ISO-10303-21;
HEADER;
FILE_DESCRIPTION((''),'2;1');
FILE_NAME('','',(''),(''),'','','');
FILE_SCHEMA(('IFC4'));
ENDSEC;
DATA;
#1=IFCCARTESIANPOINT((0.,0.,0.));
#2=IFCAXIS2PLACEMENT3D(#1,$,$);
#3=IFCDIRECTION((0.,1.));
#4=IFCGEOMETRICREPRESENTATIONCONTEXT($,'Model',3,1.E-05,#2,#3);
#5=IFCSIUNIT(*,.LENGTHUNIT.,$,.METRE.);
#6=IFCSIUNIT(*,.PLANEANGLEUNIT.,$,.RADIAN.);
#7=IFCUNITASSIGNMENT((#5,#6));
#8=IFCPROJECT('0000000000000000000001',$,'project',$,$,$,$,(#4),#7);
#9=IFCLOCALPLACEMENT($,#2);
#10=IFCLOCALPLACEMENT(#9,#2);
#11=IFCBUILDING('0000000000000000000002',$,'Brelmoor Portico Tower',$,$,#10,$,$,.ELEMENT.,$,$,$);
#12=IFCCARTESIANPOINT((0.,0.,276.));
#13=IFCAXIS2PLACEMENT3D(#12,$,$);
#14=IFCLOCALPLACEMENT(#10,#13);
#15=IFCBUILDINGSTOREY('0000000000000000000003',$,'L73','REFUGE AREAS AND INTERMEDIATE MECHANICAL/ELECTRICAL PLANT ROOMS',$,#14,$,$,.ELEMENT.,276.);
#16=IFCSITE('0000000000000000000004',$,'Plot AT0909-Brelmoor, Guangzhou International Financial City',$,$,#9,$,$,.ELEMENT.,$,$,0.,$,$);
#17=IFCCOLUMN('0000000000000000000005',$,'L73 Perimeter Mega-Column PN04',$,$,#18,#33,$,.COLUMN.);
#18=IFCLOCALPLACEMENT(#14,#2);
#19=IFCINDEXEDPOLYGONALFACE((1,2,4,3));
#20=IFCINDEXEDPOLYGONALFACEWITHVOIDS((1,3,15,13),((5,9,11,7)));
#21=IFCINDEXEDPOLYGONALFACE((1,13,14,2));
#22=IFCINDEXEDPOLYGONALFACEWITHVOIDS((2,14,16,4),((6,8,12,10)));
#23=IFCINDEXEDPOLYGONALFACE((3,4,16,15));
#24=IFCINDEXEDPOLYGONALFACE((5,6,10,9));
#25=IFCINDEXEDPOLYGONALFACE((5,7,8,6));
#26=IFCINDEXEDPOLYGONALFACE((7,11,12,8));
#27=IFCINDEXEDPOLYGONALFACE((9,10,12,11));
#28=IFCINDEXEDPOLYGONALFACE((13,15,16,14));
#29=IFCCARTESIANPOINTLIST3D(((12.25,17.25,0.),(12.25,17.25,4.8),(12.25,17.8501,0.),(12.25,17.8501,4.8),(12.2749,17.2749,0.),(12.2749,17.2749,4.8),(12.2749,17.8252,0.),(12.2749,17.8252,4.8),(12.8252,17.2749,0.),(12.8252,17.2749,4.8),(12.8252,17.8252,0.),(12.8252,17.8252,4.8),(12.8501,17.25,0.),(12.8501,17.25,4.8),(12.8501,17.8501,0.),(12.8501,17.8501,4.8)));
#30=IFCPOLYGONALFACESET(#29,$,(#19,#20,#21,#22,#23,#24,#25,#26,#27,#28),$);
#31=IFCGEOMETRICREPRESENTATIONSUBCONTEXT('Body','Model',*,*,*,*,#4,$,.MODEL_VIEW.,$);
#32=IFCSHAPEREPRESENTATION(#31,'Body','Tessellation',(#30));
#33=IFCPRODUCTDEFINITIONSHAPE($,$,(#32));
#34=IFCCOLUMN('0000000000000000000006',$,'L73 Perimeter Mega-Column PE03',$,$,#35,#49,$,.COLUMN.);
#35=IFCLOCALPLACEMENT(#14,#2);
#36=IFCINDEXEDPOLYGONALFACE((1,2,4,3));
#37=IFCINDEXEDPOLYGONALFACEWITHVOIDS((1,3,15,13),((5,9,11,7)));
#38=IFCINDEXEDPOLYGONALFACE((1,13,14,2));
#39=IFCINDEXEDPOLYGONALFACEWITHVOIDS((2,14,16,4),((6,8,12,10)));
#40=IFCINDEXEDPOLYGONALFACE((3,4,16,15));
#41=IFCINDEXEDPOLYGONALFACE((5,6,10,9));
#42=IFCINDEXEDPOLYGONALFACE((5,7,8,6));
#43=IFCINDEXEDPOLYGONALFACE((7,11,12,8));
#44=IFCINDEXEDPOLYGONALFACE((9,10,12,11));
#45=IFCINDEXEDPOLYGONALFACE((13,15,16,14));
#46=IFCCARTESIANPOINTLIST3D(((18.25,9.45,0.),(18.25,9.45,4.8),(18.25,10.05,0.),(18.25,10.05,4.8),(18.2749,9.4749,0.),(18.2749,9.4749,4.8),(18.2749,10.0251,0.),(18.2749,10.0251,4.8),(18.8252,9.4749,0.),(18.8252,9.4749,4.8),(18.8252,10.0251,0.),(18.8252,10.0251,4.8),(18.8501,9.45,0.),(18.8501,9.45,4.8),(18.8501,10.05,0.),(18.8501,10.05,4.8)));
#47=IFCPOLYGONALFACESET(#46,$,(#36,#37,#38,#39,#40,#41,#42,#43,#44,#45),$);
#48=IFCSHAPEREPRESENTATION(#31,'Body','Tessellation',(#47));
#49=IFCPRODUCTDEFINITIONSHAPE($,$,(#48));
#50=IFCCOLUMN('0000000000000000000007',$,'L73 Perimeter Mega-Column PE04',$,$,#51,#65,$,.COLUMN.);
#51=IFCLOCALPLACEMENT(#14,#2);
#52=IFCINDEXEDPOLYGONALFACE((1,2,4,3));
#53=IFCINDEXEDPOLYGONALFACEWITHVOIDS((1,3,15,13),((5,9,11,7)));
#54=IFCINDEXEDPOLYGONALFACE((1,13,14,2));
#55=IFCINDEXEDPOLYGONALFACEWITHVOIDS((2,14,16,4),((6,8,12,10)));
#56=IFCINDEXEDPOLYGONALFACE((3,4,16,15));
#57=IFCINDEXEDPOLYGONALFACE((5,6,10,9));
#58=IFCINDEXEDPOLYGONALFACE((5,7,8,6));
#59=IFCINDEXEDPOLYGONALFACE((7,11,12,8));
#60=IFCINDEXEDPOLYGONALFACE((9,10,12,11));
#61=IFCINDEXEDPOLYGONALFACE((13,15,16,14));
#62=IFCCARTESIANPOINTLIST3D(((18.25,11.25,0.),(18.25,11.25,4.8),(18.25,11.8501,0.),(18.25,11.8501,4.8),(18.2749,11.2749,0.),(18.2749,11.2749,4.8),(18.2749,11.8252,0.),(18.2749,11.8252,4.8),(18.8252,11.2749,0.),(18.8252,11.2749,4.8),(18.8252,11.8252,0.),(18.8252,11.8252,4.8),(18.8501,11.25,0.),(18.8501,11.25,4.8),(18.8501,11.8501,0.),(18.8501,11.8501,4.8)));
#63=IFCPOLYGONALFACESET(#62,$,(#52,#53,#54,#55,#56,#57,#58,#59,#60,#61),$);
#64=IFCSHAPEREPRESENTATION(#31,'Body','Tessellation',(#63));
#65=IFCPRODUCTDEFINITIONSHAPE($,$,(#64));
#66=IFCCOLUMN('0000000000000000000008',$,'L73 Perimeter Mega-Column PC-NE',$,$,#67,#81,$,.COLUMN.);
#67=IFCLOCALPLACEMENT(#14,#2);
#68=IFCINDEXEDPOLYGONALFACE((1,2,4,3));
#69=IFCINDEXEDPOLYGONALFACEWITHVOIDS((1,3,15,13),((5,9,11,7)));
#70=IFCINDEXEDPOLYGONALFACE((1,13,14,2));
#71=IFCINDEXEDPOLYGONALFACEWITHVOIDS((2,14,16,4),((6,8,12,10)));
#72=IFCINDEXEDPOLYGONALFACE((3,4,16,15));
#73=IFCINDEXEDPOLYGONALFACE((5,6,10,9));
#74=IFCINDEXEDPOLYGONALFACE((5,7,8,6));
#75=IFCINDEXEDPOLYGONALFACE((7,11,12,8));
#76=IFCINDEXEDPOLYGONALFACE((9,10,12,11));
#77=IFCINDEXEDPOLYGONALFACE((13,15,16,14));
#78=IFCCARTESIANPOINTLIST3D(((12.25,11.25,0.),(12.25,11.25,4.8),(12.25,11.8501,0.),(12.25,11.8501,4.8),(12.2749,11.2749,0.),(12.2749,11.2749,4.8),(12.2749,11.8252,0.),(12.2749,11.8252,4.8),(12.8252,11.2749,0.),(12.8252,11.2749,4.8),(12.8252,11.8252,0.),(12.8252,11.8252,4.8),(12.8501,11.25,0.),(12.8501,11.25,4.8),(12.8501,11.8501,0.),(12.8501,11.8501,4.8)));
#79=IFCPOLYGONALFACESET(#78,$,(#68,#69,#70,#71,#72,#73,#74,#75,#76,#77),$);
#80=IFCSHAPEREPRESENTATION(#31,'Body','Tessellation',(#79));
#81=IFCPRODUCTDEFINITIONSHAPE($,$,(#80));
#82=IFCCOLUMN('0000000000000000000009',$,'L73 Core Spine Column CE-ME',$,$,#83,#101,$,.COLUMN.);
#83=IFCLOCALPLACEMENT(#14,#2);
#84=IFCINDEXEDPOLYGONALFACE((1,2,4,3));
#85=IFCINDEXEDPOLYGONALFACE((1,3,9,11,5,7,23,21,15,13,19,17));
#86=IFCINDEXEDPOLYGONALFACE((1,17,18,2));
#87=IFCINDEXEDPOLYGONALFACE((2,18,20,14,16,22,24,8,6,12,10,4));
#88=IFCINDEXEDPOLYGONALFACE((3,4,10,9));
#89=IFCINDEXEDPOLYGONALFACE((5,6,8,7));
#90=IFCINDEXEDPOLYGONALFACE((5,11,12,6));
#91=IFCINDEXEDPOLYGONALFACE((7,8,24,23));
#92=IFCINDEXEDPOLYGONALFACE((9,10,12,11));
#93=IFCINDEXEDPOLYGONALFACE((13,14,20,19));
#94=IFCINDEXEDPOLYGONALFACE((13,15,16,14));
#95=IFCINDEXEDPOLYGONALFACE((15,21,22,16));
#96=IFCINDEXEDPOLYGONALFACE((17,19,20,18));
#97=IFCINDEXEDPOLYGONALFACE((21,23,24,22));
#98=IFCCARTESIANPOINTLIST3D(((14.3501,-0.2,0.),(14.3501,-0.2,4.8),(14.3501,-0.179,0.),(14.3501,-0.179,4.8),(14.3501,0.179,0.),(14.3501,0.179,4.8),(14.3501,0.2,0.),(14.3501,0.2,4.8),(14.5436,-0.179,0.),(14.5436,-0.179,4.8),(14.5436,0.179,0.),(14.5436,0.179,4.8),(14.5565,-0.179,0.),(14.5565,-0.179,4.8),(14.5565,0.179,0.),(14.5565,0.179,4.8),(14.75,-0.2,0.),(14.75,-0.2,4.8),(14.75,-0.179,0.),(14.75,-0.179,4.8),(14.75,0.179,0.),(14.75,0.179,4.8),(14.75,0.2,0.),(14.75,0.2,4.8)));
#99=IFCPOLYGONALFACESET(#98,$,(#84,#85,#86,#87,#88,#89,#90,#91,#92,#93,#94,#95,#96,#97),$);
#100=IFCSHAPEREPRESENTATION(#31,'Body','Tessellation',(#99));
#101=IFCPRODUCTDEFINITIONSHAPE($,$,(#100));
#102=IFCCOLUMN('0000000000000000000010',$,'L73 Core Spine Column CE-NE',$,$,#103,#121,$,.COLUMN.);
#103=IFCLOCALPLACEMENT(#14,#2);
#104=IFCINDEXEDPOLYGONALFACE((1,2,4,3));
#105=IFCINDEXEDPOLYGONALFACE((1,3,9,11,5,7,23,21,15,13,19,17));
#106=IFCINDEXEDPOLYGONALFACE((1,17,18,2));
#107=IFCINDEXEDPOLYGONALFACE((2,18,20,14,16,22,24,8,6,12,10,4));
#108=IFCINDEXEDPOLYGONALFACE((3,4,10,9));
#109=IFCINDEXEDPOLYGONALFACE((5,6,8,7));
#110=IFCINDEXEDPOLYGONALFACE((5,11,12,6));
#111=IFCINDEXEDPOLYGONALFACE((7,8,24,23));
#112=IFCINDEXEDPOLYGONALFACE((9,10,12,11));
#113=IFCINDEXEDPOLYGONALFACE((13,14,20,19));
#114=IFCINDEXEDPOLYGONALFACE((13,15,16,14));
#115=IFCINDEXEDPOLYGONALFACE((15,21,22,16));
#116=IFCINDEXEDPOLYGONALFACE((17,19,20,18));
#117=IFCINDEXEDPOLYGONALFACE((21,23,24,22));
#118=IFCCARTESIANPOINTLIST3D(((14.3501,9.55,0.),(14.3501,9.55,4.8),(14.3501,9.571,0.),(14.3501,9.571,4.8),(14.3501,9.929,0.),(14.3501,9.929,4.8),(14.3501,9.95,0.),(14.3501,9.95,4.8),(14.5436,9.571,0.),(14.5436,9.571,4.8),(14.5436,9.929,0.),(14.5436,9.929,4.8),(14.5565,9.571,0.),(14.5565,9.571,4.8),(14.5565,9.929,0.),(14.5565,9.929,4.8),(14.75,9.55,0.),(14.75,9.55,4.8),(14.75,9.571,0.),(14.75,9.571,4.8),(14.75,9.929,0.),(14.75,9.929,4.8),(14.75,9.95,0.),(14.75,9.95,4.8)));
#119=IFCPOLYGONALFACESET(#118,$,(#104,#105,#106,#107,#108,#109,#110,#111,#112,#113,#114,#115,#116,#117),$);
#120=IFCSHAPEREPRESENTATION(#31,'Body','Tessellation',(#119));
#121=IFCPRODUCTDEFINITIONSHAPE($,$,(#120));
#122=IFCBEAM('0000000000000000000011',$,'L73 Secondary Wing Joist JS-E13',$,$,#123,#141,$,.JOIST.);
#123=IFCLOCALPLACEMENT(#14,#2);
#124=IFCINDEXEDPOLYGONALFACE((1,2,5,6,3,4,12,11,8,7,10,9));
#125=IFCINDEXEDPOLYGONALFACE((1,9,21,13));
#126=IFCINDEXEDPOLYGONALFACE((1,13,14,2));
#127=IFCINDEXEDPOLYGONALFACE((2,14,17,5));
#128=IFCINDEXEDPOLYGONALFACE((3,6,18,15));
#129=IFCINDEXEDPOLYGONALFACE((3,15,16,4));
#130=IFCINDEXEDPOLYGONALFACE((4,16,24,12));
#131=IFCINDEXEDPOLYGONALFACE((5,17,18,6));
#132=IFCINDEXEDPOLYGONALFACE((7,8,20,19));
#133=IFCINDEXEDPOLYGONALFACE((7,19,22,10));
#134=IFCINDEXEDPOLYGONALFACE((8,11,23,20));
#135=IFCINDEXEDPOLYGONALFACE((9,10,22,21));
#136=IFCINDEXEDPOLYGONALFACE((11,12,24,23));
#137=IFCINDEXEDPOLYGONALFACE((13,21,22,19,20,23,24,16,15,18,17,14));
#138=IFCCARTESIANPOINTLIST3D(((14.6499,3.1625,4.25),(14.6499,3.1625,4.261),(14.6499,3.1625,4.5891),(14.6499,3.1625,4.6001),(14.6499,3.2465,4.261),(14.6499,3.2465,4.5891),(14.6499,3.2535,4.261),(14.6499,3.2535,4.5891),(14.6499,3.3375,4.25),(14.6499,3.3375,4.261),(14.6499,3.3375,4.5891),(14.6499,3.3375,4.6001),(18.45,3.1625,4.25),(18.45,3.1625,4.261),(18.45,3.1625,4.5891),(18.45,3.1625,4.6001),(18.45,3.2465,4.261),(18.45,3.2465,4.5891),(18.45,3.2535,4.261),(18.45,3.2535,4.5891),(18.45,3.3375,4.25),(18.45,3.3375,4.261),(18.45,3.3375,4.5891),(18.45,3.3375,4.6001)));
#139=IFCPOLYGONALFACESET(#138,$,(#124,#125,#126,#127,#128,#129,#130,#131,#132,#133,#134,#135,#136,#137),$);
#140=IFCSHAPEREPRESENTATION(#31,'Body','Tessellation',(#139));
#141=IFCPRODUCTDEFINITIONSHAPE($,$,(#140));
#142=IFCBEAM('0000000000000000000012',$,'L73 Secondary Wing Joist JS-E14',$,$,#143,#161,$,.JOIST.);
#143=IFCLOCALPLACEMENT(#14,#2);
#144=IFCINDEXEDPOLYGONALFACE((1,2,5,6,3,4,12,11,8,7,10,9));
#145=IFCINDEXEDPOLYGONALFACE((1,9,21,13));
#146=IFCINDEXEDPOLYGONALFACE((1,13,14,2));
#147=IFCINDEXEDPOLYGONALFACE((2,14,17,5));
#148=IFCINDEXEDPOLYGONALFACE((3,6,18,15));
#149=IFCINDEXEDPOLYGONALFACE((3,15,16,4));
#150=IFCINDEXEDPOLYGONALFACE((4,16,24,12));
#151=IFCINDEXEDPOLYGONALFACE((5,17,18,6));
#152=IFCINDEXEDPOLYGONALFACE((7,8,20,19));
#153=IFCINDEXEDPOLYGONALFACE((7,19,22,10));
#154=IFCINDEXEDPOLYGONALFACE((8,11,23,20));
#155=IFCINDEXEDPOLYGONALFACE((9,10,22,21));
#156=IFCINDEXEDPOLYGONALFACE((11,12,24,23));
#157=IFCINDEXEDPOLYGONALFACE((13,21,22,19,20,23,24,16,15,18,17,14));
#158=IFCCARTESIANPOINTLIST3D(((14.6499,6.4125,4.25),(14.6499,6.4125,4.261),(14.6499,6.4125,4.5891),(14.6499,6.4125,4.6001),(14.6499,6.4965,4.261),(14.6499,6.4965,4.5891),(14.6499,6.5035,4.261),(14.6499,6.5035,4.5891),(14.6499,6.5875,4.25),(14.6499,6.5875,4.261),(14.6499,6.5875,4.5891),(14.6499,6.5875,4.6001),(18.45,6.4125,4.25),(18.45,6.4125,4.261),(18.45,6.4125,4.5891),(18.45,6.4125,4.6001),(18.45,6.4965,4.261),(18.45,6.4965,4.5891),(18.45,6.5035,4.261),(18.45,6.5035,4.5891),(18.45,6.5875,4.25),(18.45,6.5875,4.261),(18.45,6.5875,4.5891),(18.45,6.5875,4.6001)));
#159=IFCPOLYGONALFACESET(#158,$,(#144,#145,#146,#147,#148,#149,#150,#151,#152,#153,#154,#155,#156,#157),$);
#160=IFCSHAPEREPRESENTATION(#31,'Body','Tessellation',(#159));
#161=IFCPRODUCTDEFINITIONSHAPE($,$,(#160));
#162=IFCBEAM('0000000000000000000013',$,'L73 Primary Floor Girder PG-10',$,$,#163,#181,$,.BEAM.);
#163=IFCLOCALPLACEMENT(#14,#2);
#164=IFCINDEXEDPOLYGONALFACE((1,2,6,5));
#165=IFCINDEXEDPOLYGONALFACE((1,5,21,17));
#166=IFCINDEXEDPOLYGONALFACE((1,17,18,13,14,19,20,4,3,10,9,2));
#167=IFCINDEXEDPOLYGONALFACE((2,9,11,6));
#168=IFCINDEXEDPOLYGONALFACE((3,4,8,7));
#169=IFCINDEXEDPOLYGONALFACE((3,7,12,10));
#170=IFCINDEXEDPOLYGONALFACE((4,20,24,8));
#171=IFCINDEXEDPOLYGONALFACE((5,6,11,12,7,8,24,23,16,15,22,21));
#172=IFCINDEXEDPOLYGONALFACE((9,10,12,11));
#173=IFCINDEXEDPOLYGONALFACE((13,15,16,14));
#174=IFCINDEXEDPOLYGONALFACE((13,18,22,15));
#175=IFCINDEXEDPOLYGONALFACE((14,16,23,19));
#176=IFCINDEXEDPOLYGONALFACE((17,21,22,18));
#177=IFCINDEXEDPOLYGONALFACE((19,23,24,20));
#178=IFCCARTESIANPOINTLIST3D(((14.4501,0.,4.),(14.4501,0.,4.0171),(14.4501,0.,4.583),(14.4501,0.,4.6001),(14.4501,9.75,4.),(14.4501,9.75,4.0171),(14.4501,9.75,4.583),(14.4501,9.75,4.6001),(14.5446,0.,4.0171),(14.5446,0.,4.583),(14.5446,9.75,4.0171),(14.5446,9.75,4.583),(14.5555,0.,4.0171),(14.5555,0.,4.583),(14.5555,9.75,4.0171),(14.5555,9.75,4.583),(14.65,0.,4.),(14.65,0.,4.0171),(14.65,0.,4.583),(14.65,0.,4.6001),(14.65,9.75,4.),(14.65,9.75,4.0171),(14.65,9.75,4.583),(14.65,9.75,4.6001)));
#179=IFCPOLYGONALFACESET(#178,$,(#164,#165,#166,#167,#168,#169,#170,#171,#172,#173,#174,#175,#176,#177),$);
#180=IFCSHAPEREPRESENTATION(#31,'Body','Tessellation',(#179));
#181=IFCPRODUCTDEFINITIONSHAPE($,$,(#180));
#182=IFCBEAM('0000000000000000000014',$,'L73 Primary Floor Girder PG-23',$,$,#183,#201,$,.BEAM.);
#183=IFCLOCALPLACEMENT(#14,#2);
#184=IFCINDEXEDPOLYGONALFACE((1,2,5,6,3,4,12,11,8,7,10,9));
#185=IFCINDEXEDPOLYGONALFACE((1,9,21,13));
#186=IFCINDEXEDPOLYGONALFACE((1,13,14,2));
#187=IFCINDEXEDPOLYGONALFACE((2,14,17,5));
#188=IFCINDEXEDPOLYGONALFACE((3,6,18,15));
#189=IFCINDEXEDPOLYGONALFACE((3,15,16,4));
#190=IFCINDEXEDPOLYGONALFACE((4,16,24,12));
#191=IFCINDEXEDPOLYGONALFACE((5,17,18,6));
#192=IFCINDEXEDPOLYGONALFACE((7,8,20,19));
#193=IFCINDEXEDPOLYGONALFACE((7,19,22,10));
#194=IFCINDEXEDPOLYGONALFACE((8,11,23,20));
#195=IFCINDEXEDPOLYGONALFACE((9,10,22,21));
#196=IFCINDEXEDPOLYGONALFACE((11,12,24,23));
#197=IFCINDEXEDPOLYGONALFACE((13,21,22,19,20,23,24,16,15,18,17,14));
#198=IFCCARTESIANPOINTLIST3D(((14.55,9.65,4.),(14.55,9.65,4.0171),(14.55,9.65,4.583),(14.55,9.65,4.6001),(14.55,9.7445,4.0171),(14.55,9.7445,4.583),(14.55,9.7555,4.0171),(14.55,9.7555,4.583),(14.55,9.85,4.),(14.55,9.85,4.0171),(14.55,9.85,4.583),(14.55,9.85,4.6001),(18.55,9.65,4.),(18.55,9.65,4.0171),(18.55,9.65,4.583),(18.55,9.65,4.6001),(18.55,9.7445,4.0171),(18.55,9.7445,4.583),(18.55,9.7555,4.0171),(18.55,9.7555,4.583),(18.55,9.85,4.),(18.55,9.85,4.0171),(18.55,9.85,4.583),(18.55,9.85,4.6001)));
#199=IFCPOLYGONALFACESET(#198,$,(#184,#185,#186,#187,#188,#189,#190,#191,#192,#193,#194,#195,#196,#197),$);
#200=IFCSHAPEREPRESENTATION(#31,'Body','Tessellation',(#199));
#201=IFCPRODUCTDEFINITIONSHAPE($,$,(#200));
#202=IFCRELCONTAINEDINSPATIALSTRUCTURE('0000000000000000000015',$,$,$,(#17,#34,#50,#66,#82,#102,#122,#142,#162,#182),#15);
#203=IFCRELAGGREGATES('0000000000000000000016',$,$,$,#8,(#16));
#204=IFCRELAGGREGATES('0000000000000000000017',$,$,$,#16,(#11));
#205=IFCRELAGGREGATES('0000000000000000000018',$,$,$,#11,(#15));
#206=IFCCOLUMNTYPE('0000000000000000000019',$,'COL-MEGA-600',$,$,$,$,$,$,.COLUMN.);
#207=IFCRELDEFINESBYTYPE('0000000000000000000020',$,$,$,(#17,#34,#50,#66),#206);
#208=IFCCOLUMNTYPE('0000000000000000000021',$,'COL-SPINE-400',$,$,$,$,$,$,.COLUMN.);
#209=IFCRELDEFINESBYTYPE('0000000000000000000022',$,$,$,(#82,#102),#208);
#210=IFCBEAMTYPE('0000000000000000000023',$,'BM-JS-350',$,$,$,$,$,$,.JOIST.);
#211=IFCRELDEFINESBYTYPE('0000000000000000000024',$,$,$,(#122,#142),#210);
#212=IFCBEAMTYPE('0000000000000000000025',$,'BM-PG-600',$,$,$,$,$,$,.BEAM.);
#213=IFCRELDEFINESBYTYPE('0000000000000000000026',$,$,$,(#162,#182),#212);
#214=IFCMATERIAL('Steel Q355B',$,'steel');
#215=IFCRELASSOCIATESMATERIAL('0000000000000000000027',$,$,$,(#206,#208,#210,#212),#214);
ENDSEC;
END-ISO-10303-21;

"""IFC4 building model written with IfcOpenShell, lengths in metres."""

from ifc_helpers import new_model, si_unit, direction, frame, origin, origin_2d, place, context, subcontext, project, spatial, hollow_rectangle, i_section, extrude, material, material_profile, profile_set, type_object, element, save


model = new_model("IFC4")

# Units and contexts
model_context = context("Model", 3, precision=1e-05, world=origin(), true_north=direction((0.0, 1.0)))
body_context = subcontext(model_context, "Body", "Model", "MODEL_VIEW")
ifc_project = project(units=[si_unit("LENGTHUNIT", "METRE"), si_unit("PLANEANGLEUNIT", "RADIAN")], contexts=[model_context])

# Site, building, storey
site_placement = place(None, origin())
site = spatial("IfcSite", under=ifc_project, at=site_placement, Name="Plot AT0909-Brelmoor, Guangzhou International Financial City", CompositionType="ELEMENT", RefElevation=0.0)
building_placement = place(site_placement, origin())
building = spatial("IfcBuilding", under=site, at=building_placement, Name="Brelmoor Portico Tower", CompositionType="ELEMENT")
storey_placement = place(building_placement, frame((0.0, 0.0, 276.0)))
storey = spatial("IfcBuildingStorey", under=building, at=storey_placement, Name="L73", Description="REFUGE AREAS AND INTERMEDIATE MECHANICAL/ELECTRICAL PLANT ROOMS", CompositionType="ELEMENT", Elevation=276.0)

# Columns
ifc_material_1 = material(Name="Steel Q355B", Category="steel")
ifc_material_profile_1 = material_profile(ifc_material_1, hollow_rectangle(XDim=0.6001, YDim=0.6001, WallThickness=0.0249, at=origin_2d()), Name="BOX 600x600x25")
ifc_profile_set_1 = profile_set([ifc_material_profile_1], Name="Steel Q355B")
column_type_1 = type_object("IfcColumnType", Name="COL-MEGA-600", PredefinedType="COLUMN", material=ifc_profile_set_1)
for number, where, z_axis, x_axis, name in (
    (1, (12.55, 17.55, 0.0), (0.0, 0.0, 1.0), (1.0, 0.0, 0.0), "L73 Perimeter Mega-Column PN04"),
    (2, (18.55, 9.75, 0.0), (0.0, 0.0, 1.0), (0.0, 1.0, 0.0), "L73 Perimeter Mega-Column PE03"),
    (3, (18.55, 11.55, 0.0), (0.0, 0.0, 1.0), (0.0, 1.0, 0.0), "L73 Perimeter Mega-Column PE04"),
    (4, (12.55, 11.55, 0.0), (0.0, 0.0, 1.0), (1.0, 0.0, 0.0), "L73 Perimeter Mega-Column PC-NE"),
):
    element("IfcColumn", number, at=place(storey_placement, frame(where, z_axis=z_axis, x_axis=x_axis)), inside=storey, type_object=column_type_1, Name=name, PredefinedType="COLUMN", context=body_context, shape_type="SweptSolid", body=[
        extrude(hollow_rectangle(XDim=0.6001, YDim=0.6001, WallThickness=0.0249, at=origin_2d()), origin(), (0.0, 0.0, 1.0), 4.8),
    ])
ifc_material_profile_2 = material_profile(ifc_material_1, i_section(OverallWidth=0.3999, OverallDepth=0.3999, WebThickness=0.0129, FlangeThickness=0.021, at=origin_2d()), Name="HW 400x400x13x21")
ifc_profile_set_2 = profile_set([ifc_material_profile_2], Name="Steel Q355B")
column_type_2 = type_object("IfcColumnType", Name="COL-SPINE-400", PredefinedType="COLUMN", material=ifc_profile_set_2)
for number, where, z_axis, x_axis, name in (
    (5, (14.55, 0.0, 0.0), (0.0, 0.0, 1.0), (1.0, 0.0, 0.0), "L73 Core Spine Column CE-ME"),
    (6, (14.55, 9.75, 0.0), (0.0, 0.0, 1.0), (1.0, 0.0, 0.0), "L73 Core Spine Column CE-NE"),
):
    element("IfcColumn", number, at=place(storey_placement, frame(where, z_axis=z_axis, x_axis=x_axis)), inside=storey, type_object=column_type_2, Name=name, PredefinedType="COLUMN", context=body_context, shape_type="SweptSolid", body=[
        extrude(i_section(OverallWidth=0.3999, OverallDepth=0.3999, WebThickness=0.0129, FlangeThickness=0.021, at=origin_2d()), origin(), (0.0, 0.0, 1.0), 4.8),
    ])

# Beams
ifc_material_profile_3 = material_profile(ifc_material_1, i_section(OverallWidth=0.175, OverallDepth=0.3501, WebThickness=0.0071, FlangeThickness=0.011, at=origin_2d()), Name="HN 350x175x7x11")
ifc_profile_set_3 = profile_set([ifc_material_profile_3], Name="Steel Q355B")
beam_type_1 = type_object("IfcBeamType", Name="BM-JS-350", PredefinedType="JOIST", material=ifc_profile_set_3)
for number, where, z_axis, x_axis, name in (
    (7, (14.6499, 3.25, 4.425), (1.0, 0.0, 0.0), (0.0, 1.0, 0.0), "L73 Secondary Wing Joist JS-E13"),
    (8, (14.6499, 6.5, 4.425), (1.0, 0.0, 0.0), (0.0, 1.0, 0.0), "L73 Secondary Wing Joist JS-E14"),
):
    element("IfcBeam", number, at=place(storey_placement, frame(where, z_axis=z_axis, x_axis=x_axis)), inside=storey, type_object=beam_type_1, Name=name, PredefinedType="JOIST", context=body_context, shape_type="SweptSolid", body=[
        extrude(i_section(OverallWidth=0.175, OverallDepth=0.3501, WebThickness=0.0071, FlangeThickness=0.011, at=origin_2d()), origin(), (0.0, 0.0, 1.0), 3.8),
    ])
ifc_material_profile_4 = material_profile(ifc_material_1, i_section(OverallWidth=0.2, OverallDepth=0.6001, WebThickness=0.011, FlangeThickness=0.0171, at=origin_2d()), Name="HN 600x200x11x17")
ifc_profile_set_4 = profile_set([ifc_material_profile_4], Name="Steel Q355B")
beam_type_2 = type_object("IfcBeamType", Name="BM-PG-600", PredefinedType="BEAM", material=ifc_profile_set_4)
beam_1_placement = place(storey_placement, frame((14.55, 0.0, 4.3), z_axis=(0.0, 1.0, 0.0), x_axis=(-1.0, 0.0, 0.0)))
element("IfcBeam", 9, at=beam_1_placement, inside=storey, type_object=beam_type_2, Name="L73 Primary Floor Girder PG-10", PredefinedType="BEAM", context=body_context, shape_type="SweptSolid", body=[
    extrude(i_section(OverallWidth=0.2, OverallDepth=0.6001, WebThickness=0.011, FlangeThickness=0.0171, at=origin_2d()), origin(), (0.0, 0.0, 1.0), 9.75),
])
beam_2_placement = place(storey_placement, frame((14.55, 9.75, 4.3), z_axis=(1.0, 0.0, 0.0), x_axis=(0.0, 1.0, 0.0)))
element("IfcBeam", 10, at=beam_2_placement, inside=storey, type_object=beam_type_2, Name="L73 Primary Floor Girder PG-23", PredefinedType="BEAM", context=body_context, shape_type="SweptSolid", body=[
    extrude(i_section(OverallWidth=0.2, OverallDepth=0.6001, WebThickness=0.011, FlangeThickness=0.0171, at=origin_2d()), origin(), (0.0, 0.0, 1.0), 4.0),
])

save(model, "model.ifc")
